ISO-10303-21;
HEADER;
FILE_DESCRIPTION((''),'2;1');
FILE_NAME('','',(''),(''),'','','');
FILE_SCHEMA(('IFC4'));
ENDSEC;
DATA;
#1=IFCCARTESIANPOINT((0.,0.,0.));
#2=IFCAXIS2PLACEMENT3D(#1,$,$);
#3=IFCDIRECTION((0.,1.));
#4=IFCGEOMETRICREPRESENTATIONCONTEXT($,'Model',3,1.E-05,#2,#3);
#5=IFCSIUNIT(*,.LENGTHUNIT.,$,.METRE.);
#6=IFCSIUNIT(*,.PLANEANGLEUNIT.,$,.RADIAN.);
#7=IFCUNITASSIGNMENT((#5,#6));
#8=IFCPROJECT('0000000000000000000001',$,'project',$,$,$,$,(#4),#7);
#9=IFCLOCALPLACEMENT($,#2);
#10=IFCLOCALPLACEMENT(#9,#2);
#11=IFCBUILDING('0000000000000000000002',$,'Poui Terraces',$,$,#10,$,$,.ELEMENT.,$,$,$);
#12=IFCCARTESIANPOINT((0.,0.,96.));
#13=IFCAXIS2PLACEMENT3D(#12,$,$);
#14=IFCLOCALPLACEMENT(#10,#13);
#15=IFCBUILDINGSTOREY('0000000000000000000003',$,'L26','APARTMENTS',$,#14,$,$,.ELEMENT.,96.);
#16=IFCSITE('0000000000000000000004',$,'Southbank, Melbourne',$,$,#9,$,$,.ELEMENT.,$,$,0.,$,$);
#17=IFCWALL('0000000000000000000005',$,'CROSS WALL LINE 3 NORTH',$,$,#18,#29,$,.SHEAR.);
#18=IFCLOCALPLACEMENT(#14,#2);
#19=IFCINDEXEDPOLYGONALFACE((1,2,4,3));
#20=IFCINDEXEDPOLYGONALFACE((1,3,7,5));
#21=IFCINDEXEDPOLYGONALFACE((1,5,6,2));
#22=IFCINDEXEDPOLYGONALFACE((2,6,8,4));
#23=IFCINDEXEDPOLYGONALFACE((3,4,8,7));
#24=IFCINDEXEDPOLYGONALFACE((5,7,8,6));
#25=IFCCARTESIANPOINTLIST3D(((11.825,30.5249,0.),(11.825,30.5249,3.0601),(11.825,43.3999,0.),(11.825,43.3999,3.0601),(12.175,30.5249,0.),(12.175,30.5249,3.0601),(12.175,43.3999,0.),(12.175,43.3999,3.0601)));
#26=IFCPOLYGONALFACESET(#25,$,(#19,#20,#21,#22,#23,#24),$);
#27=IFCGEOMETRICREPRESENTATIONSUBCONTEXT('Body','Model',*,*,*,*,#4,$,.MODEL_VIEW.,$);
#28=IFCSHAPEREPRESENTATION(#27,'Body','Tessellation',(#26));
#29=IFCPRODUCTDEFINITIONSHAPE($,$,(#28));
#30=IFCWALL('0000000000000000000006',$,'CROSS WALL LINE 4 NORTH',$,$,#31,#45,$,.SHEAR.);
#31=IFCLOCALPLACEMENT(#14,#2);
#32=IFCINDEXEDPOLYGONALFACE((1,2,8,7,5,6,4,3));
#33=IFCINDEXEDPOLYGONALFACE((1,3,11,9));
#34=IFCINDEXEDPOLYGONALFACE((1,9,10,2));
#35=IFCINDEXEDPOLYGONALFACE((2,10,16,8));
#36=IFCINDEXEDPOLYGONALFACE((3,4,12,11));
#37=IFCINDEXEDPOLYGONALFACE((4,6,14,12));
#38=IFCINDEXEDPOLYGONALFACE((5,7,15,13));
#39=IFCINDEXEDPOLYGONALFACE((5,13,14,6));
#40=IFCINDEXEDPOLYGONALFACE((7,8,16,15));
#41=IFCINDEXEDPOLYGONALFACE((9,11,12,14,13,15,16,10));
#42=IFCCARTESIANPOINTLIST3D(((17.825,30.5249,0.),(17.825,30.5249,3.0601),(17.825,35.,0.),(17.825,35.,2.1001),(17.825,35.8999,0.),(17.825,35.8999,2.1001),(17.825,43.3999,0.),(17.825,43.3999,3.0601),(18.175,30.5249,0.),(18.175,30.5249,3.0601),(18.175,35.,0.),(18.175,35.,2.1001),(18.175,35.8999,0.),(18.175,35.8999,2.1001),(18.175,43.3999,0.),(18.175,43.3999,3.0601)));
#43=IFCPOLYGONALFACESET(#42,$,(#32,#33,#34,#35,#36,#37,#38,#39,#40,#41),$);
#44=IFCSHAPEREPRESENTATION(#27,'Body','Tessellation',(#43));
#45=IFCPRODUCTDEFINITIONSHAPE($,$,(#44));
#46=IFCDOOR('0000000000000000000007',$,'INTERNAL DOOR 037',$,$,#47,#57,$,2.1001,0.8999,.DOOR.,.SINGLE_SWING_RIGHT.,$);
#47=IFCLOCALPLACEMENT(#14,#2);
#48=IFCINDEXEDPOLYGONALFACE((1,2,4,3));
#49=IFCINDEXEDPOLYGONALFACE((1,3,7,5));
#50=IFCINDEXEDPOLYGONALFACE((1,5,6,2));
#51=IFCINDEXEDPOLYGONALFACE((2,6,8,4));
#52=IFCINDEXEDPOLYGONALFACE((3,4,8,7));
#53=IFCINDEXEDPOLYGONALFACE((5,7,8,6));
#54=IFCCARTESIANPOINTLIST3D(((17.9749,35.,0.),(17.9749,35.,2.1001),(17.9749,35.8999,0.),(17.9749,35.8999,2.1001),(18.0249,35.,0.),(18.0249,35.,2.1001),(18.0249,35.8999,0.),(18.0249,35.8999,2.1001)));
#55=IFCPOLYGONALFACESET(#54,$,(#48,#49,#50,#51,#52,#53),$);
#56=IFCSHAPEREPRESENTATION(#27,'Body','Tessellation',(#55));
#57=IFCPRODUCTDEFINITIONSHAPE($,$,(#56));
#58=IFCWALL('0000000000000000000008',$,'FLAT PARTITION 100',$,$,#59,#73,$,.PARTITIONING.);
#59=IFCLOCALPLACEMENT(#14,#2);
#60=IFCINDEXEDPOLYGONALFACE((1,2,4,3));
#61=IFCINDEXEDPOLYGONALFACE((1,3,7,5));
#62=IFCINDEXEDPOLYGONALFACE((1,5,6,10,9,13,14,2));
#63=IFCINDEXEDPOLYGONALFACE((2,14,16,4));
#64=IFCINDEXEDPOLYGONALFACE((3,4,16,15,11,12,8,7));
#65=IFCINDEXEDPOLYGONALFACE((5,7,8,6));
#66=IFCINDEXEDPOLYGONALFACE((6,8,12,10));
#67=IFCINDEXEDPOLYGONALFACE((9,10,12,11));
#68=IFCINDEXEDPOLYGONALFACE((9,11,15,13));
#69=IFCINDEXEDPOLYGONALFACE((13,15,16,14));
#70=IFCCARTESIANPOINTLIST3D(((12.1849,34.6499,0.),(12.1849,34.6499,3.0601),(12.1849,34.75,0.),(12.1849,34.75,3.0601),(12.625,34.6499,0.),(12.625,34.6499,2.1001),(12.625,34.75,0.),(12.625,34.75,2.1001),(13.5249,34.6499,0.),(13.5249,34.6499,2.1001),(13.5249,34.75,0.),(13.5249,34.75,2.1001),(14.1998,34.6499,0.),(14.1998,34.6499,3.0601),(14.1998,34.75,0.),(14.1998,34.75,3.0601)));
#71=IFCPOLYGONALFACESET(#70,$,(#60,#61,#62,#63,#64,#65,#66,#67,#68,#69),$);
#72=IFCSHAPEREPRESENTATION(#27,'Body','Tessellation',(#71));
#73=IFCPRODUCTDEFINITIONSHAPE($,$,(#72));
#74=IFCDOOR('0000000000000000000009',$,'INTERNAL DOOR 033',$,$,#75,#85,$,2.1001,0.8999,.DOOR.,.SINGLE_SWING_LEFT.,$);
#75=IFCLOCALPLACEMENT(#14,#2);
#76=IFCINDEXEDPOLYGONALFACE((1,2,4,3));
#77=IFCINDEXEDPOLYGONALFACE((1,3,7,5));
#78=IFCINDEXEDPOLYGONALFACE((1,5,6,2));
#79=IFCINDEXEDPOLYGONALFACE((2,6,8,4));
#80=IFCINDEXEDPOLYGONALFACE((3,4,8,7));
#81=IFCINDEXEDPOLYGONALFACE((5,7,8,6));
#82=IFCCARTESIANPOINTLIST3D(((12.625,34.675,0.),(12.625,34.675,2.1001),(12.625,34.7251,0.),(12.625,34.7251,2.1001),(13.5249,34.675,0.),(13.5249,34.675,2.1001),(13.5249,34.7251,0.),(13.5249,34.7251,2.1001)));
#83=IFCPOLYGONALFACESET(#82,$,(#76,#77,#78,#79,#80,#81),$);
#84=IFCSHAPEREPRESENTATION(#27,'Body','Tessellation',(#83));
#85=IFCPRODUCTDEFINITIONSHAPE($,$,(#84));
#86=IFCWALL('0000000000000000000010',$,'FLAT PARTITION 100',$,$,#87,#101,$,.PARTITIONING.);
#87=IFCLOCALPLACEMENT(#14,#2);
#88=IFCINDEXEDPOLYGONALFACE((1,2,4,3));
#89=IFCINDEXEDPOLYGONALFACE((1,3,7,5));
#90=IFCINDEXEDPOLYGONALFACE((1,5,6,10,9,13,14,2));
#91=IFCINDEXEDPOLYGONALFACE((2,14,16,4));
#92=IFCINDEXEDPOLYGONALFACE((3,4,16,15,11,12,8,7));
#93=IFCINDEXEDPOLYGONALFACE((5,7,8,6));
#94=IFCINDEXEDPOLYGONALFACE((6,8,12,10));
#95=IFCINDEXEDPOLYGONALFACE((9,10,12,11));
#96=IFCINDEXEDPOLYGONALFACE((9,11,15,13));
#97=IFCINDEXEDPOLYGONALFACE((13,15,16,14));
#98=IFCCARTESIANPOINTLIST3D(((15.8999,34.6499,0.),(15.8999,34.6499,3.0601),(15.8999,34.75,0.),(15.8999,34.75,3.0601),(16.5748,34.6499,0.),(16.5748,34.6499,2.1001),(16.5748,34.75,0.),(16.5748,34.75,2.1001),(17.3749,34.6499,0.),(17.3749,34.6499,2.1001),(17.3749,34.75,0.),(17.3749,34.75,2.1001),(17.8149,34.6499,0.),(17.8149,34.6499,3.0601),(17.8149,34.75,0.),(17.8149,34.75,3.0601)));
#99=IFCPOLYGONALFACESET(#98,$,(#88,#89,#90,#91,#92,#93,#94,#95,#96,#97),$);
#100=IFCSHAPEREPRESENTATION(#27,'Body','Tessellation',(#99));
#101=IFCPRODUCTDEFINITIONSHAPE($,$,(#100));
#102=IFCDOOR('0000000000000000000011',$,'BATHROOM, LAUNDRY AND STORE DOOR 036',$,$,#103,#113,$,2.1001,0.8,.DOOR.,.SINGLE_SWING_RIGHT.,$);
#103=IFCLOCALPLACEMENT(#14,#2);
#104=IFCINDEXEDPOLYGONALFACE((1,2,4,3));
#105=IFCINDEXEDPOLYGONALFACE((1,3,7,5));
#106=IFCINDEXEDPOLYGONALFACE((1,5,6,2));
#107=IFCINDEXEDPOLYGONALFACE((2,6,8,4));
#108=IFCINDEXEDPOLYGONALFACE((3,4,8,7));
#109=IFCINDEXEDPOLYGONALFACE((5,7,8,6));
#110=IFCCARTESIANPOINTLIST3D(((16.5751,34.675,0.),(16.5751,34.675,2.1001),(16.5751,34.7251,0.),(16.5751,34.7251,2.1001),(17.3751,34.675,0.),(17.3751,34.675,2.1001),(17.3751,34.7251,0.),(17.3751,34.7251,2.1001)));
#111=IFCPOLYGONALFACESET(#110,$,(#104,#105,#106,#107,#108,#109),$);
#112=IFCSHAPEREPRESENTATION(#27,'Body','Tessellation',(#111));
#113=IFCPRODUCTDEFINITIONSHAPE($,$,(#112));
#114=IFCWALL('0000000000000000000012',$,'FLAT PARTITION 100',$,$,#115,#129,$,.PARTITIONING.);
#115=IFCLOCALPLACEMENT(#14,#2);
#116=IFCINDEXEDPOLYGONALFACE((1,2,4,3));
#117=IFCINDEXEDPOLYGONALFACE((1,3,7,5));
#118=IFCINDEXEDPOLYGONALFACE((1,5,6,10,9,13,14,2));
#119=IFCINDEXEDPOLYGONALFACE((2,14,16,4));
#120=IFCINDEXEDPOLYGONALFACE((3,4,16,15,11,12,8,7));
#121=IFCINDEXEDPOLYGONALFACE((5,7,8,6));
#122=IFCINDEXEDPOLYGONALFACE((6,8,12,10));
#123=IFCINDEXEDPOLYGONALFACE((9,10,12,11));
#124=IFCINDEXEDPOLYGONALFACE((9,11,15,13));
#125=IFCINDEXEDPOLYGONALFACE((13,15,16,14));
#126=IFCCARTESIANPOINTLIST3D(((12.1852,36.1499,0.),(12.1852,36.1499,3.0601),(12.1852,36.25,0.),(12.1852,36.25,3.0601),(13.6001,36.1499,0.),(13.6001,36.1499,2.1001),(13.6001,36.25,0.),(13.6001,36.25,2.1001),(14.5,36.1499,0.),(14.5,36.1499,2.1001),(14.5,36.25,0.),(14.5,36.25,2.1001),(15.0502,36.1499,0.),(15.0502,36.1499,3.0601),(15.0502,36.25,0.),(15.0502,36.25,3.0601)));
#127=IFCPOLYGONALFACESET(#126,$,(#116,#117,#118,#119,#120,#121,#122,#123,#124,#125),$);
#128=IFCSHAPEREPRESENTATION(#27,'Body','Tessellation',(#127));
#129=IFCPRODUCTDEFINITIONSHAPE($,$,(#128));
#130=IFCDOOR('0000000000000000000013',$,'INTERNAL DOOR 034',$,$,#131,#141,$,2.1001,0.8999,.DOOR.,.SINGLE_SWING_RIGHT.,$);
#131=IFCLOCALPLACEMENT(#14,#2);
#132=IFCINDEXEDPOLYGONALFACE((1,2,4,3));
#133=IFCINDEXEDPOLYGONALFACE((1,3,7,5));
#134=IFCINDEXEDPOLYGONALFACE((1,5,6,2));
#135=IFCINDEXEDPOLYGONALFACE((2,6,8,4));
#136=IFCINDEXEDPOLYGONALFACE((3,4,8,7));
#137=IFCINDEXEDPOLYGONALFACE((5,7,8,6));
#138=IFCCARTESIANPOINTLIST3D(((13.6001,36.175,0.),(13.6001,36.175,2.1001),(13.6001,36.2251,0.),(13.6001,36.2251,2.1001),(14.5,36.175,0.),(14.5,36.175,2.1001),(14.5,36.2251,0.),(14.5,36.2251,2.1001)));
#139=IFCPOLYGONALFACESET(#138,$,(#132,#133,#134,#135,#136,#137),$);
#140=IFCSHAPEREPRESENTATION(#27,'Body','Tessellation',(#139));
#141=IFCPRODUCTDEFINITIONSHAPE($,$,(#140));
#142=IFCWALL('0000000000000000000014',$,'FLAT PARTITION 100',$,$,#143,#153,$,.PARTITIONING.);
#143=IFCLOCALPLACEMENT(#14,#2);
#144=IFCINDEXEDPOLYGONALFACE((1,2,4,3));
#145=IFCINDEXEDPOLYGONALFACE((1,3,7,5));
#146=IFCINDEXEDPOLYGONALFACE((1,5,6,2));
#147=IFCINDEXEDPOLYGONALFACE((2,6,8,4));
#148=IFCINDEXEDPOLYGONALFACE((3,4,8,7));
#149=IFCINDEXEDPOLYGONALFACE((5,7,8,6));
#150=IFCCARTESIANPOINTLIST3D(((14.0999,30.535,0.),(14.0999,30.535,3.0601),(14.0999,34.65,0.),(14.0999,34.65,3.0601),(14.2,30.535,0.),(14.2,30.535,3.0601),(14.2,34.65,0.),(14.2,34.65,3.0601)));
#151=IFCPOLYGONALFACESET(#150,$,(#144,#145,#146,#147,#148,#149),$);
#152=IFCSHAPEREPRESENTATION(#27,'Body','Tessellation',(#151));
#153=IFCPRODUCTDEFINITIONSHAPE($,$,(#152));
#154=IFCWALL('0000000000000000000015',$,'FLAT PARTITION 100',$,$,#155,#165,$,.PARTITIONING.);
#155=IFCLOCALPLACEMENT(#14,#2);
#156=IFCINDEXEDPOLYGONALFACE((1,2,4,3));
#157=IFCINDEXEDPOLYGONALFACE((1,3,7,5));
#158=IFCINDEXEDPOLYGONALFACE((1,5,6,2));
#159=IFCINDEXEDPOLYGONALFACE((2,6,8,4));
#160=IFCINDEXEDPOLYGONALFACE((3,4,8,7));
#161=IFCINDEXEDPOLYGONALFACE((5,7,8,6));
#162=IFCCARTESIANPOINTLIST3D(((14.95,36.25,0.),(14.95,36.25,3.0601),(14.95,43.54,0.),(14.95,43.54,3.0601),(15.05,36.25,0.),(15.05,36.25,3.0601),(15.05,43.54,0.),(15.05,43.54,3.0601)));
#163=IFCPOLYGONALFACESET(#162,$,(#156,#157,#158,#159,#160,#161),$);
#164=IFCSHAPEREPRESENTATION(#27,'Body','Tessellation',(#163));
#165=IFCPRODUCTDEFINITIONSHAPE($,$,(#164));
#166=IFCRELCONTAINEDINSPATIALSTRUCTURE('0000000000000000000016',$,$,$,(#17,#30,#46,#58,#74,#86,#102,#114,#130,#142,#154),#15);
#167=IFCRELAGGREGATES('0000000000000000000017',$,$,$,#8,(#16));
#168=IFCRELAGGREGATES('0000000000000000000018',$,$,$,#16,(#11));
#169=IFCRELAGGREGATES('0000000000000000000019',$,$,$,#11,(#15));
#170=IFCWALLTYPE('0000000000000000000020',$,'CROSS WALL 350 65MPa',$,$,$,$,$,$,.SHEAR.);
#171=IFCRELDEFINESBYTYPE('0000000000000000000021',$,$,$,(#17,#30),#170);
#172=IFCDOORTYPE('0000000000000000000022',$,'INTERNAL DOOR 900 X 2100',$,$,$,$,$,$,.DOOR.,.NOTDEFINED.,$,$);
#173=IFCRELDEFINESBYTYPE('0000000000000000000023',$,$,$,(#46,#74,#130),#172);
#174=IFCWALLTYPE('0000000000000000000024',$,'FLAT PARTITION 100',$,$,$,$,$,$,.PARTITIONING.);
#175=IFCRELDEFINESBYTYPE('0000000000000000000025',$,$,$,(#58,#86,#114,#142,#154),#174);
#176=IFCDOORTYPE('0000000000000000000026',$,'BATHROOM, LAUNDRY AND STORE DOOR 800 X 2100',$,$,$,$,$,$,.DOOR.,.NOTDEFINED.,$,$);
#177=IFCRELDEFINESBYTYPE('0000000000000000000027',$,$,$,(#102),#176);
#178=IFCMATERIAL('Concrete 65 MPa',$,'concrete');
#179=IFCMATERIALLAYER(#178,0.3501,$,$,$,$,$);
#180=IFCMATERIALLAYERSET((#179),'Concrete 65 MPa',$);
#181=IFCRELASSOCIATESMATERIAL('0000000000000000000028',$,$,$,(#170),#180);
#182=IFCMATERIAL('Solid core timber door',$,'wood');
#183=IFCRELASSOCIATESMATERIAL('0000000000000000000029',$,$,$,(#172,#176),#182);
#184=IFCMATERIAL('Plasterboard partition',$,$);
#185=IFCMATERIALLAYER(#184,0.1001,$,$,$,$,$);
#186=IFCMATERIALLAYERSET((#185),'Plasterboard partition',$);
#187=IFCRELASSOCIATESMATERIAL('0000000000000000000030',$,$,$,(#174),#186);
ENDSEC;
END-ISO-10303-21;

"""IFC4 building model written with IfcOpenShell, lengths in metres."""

from ifc_helpers import new_model, si_unit, direction, frame, frame_2d, origin, place, context, subcontext, project, spatial, rectangle, extrude, material, layer, layer_set, type_object, element, fill, save


model = new_model("IFC4")

# Units and contexts
model_context = context("Model", 3, precision=1e-05, world=origin(), true_north=direction((0.0, 1.0)))
body_context = subcontext(model_context, "Body", "Model", "MODEL_VIEW")
ifc_project = project(units=[si_unit("LENGTHUNIT", "METRE"), si_unit("PLANEANGLEUNIT", "RADIAN")], contexts=[model_context])

# Site, building, storey
site_placement = place(None, origin())
site = spatial("IfcSite", under=ifc_project, at=site_placement, Name="Southbank, Melbourne", CompositionType="ELEMENT", RefElevation=0.0)
building_placement = place(site_placement, origin())
building = spatial("IfcBuilding", under=site, at=building_placement, Name="Poui Terraces", CompositionType="ELEMENT")
storey_placement = place(building_placement, frame((0.0, 0.0, 96.0)))
storey = spatial("IfcBuildingStorey", under=building, at=storey_placement, Name="L26", Description="APARTMENTS", CompositionType="ELEMENT", Elevation=96.0)

# Wall
ifc_material_1 = material(Name="Concrete 65 MPa", Category="concrete")
ifc_layer_1 = layer(ifc_material_1, 0.3501)
ifc_layer_set_1 = layer_set([ifc_layer_1], Name="Concrete 65 MPa")
wall_type_1 = type_object("IfcWallType", Name="CROSS WALL 350 65MPa", PredefinedType="SHEAR", material=ifc_layer_set_1)
wall_1_placement = place(storey_placement, frame((12.0, 30.5249, 0.0), z_axis=(0.0, 0.0, 1.0), x_axis=(0.0, 1.0, 0.0)))
element("IfcWall", 1, at=wall_1_placement, inside=storey, type_object=wall_type_1, Name="CROSS WALL LINE 3 NORTH", PredefinedType="SHEAR", context=body_context, shape_type="SweptSolid", body=[
    extrude(rectangle(XDim=12.875, YDim=0.3501, at=frame_2d((6.4375, 0.0))), origin(), (0.0, 0.0, 1.0), 3.0601),
])

# Walls, openings, doors
wall_2_placement = place(storey_placement, frame((18.0, 30.5249, 0.0), z_axis=(0.0, 0.0, 1.0), x_axis=(0.0, 1.0, 0.0)))
wall_2 = element("IfcWall", 2, at=wall_2_placement, inside=storey, type_object=wall_type_1, Name="CROSS WALL LINE 4 NORTH", PredefinedType="SHEAR", context=body_context, shape_type="SweptSolid", body=[
    extrude(rectangle(XDim=12.875, YDim=0.3501, at=frame_2d((6.4375, 0.0))), origin(), (0.0, 0.0, 1.0), 3.0601),
])
opening_1_placement = place(wall_2_placement, frame((4.4751, 0.0, 0.0)))
opening_1 = element("IfcOpeningElement", 3, at=opening_1_placement, cuts=wall_2, PredefinedType="OPENING", context=body_context, shape_type="SweptSolid", body=[
    extrude(rectangle(XDim=0.8999, YDim=2.1001, at=frame_2d((0.45, 1.05))), frame((0.0, 0.1851, 0.0), z_axis=(0.0, -1.0, 0.0), x_axis=(1.0, 0.0, 0.0)), (0.0, 0.0, 1.0), 0.3701),
])
ifc_material_2 = material(Name="Solid core timber door", Category="wood")
door_type_1 = type_object("IfcDoorType", Name="INTERNAL DOOR 900 X 2100", OperationType="NOTDEFINED", PredefinedType="DOOR", material=ifc_material_2)
door_1_placement = place(opening_1_placement, frame((0.8999, 0.0, 0.0), z_axis=(0.0, 0.0, 1.0), x_axis=(-1.0, 0.0, 0.0)))
door_1 = element("IfcDoor", 4, at=door_1_placement, inside=storey, type_object=door_type_1, Name="INTERNAL DOOR 037", OperationType="SINGLE_SWING_RIGHT", OverallHeight=2.1001, OverallWidth=0.8999, PredefinedType="DOOR", context=body_context, shape_type="SweptSolid", body=[
    extrude(rectangle(XDim=0.8999, YDim=2.1001, at=frame_2d((0.45, 1.05))), frame((0.0, 0.0249, 0.0), z_axis=(0.0, -1.0, 0.0), x_axis=(1.0, 0.0, 0.0)), (0.0, 0.0, 1.0), 0.05),
])
fill(opening_1, door_1)
ifc_material_3 = material(Name="Plasterboard partition")
ifc_layer_2 = layer(ifc_material_3, 0.1001)
ifc_layer_set_2 = layer_set([ifc_layer_2], Name="Plasterboard partition")
wall_type_2 = type_object("IfcWallType", Name="FLAT PARTITION 100", PredefinedType="PARTITIONING", material=ifc_layer_set_2)
wall_3_placement = place(storey_placement, frame((12.1851, 34.7, 0.0), z_axis=(0.0, 0.0, 1.0), x_axis=(1.0, 0.0, 0.0)))
wall_3 = element("IfcWall", 5, at=wall_3_placement, inside=storey, type_object=wall_type_2, Name="FLAT PARTITION 100", PredefinedType="PARTITIONING", context=body_context, shape_type="SweptSolid", body=[
    extrude(rectangle(XDim=2.0149, YDim=0.1001, at=frame_2d((1.0073, 0.0))), origin(), (0.0, 0.0, 1.0), 3.0601),
])
opening_2_placement = place(wall_3_placement, frame((0.4399, 0.0, 0.0)))
opening_2 = element("IfcOpeningElement", 6, at=opening_2_placement, cuts=wall_3, PredefinedType="OPENING", context=body_context, shape_type="SweptSolid", body=[
    extrude(rectangle(XDim=0.8999, YDim=2.1001, at=frame_2d((0.45, 1.05))), frame((0.0, 0.0601, 0.0), z_axis=(0.0, -1.0, 0.0), x_axis=(1.0, 0.0, 0.0)), (0.0, 0.0, 1.0), 0.1201),
])
door_2_placement = place(opening_2_placement, frame((0.8999, 0.0, 0.0), z_axis=(0.0, 0.0, 1.0), x_axis=(-1.0, 0.0, 0.0)))
door_2 = element("IfcDoor", 7, at=door_2_placement, inside=storey, type_object=door_type_1, Name="INTERNAL DOOR 033", OperationType="SINGLE_SWING_LEFT", OverallHeight=2.1001, OverallWidth=0.8999, PredefinedType="DOOR", context=body_context, shape_type="SweptSolid", body=[
    extrude(rectangle(XDim=0.8999, YDim=2.1001, at=frame_2d((0.45, 1.05))), frame((0.0, 0.0249, 0.0), z_axis=(0.0, -1.0, 0.0), x_axis=(1.0, 0.0, 0.0)), (0.0, 0.0, 1.0), 0.05),
])
fill(opening_2, door_2)
wall_4_placement = place(storey_placement, frame((15.8999, 34.7, 0.0), z_axis=(0.0, 0.0, 1.0), x_axis=(1.0, 0.0, 0.0)))
wall_4 = element("IfcWall", 8, at=wall_4_placement, inside=storey, type_object=wall_type_2, Name="FLAT PARTITION 100", PredefinedType="PARTITIONING", context=body_context, shape_type="SweptSolid", body=[
    extrude(rectangle(XDim=1.915, YDim=0.1001, at=frame_2d((0.9575, 0.0))), origin(), (0.0, 0.0, 1.0), 3.0601),
])
opening_3_placement = place(wall_4_placement, frame((0.675, 0.0, 0.0)))
opening_3 = element("IfcOpeningElement", 9, at=opening_3_placement, cuts=wall_4, PredefinedType="OPENING", context=body_context, shape_type="SweptSolid", body=[
    extrude(rectangle(XDim=0.8, YDim=2.1001, at=frame_2d((0.3999, 1.05))), frame((0.0, 0.0601, 0.0), z_axis=(0.0, -1.0, 0.0), x_axis=(1.0, 0.0, 0.0)), (0.0, 0.0, 1.0), 0.1201),
])
door_type_2 = type_object("IfcDoorType", Name="BATHROOM, LAUNDRY AND STORE DOOR 800 X 2100", OperationType="NOTDEFINED", PredefinedType="DOOR", material=ifc_material_2)
door_3_placement = place(opening_3_placement, frame((0.8, 0.0, 0.0), z_axis=(0.0, 0.0, 1.0), x_axis=(-1.0, 0.0, 0.0)))
door_3 = element("IfcDoor", 10, at=door_3_placement, inside=storey, type_object=door_type_2, Name="BATHROOM, LAUNDRY AND STORE DOOR 036", OperationType="SINGLE_SWING_RIGHT", OverallHeight=2.1001, OverallWidth=0.8, PredefinedType="DOOR", context=body_context, shape_type="SweptSolid", body=[
    extrude(rectangle(XDim=0.8, YDim=2.1001, at=frame_2d((0.3999, 1.05))), frame((0.0, 0.0249, 0.0), z_axis=(0.0, -1.0, 0.0), x_axis=(1.0, 0.0, 0.0)), (0.0, 0.0, 1.0), 0.05),
])
fill(opening_3, door_3)
wall_5_placement = place(storey_placement, frame((12.1851, 36.2, 0.0), z_axis=(0.0, 0.0, 1.0), x_axis=(1.0, 0.0, 0.0)))
wall_5 = element("IfcWall", 11, at=wall_5_placement, inside=storey, type_object=wall_type_2, Name="FLAT PARTITION 100", PredefinedType="PARTITIONING", context=body_context, shape_type="SweptSolid", body=[
    extrude(rectangle(XDim=2.865, YDim=0.1001, at=frame_2d((1.4326, 0.0))), origin(), (0.0, 0.0, 1.0), 3.0601),
])
opening_4_placement = place(wall_5_placement, frame((1.415, 0.0, 0.0)))
opening_4 = element("IfcOpeningElement", 12, at=opening_4_placement, cuts=wall_5, PredefinedType="OPENING", context=body_context, shape_type="SweptSolid", body=[
    extrude(rectangle(XDim=0.8999, YDim=2.1001, at=frame_2d((0.45, 1.05))), frame((0.0, 0.0601, 0.0), z_axis=(0.0, -1.0, 0.0), x_axis=(1.0, 0.0, 0.0)), (0.0, 0.0, 1.0), 0.1201),
])
door_4_placement = place(opening_4_placement, frame((0.8999, 0.0, 0.0), z_axis=(0.0, 0.0, 1.0), x_axis=(-1.0, 0.0, 0.0)))
door_4 = element("IfcDoor", 13, at=door_4_placement, inside=storey, type_object=door_type_1, Name="INTERNAL DOOR 034", OperationType="SINGLE_SWING_RIGHT", OverallHeight=2.1001, OverallWidth=0.8999, PredefinedType="DOOR", context=body_context, shape_type="SweptSolid", body=[
    extrude(rectangle(XDim=0.8999, YDim=2.1001, at=frame_2d((0.45, 1.05))), frame((0.0, 0.0249, 0.0), z_axis=(0.0, -1.0, 0.0), x_axis=(1.0, 0.0, 0.0)), (0.0, 0.0, 1.0), 0.05),
])
fill(opening_4, door_4)

# Walls
wall_6_placement = place(storey_placement, frame((14.1499, 30.5349, 0.0), z_axis=(0.0, 0.0, 1.0), x_axis=(0.0, 1.0, 0.0)))
element("IfcWall", 14, at=wall_6_placement, inside=storey, type_object=wall_type_2, Name="FLAT PARTITION 100", PredefinedType="PARTITIONING", context=body_context, shape_type="SweptSolid", body=[
    extrude(rectangle(XDim=4.115, YDim=0.1001, at=frame_2d((2.0576, 0.0))), origin(), (0.0, 0.0, 1.0), 3.0601),
])
wall_7_placement = place(storey_placement, frame((15.0, 36.25, 0.0), z_axis=(0.0, 0.0, 1.0), x_axis=(0.0, 1.0, 0.0)))
element("IfcWall", 15, at=wall_7_placement, inside=storey, type_object=wall_type_2, Name="FLAT PARTITION 100", PredefinedType="PARTITIONING", context=body_context, shape_type="SweptSolid", body=[
    extrude(rectangle(XDim=7.29, YDim=0.1001, at=frame_2d((3.645, 0.0))), origin(), (0.0, 0.0, 1.0), 3.0601),
])

save(model, "model.ifc")
